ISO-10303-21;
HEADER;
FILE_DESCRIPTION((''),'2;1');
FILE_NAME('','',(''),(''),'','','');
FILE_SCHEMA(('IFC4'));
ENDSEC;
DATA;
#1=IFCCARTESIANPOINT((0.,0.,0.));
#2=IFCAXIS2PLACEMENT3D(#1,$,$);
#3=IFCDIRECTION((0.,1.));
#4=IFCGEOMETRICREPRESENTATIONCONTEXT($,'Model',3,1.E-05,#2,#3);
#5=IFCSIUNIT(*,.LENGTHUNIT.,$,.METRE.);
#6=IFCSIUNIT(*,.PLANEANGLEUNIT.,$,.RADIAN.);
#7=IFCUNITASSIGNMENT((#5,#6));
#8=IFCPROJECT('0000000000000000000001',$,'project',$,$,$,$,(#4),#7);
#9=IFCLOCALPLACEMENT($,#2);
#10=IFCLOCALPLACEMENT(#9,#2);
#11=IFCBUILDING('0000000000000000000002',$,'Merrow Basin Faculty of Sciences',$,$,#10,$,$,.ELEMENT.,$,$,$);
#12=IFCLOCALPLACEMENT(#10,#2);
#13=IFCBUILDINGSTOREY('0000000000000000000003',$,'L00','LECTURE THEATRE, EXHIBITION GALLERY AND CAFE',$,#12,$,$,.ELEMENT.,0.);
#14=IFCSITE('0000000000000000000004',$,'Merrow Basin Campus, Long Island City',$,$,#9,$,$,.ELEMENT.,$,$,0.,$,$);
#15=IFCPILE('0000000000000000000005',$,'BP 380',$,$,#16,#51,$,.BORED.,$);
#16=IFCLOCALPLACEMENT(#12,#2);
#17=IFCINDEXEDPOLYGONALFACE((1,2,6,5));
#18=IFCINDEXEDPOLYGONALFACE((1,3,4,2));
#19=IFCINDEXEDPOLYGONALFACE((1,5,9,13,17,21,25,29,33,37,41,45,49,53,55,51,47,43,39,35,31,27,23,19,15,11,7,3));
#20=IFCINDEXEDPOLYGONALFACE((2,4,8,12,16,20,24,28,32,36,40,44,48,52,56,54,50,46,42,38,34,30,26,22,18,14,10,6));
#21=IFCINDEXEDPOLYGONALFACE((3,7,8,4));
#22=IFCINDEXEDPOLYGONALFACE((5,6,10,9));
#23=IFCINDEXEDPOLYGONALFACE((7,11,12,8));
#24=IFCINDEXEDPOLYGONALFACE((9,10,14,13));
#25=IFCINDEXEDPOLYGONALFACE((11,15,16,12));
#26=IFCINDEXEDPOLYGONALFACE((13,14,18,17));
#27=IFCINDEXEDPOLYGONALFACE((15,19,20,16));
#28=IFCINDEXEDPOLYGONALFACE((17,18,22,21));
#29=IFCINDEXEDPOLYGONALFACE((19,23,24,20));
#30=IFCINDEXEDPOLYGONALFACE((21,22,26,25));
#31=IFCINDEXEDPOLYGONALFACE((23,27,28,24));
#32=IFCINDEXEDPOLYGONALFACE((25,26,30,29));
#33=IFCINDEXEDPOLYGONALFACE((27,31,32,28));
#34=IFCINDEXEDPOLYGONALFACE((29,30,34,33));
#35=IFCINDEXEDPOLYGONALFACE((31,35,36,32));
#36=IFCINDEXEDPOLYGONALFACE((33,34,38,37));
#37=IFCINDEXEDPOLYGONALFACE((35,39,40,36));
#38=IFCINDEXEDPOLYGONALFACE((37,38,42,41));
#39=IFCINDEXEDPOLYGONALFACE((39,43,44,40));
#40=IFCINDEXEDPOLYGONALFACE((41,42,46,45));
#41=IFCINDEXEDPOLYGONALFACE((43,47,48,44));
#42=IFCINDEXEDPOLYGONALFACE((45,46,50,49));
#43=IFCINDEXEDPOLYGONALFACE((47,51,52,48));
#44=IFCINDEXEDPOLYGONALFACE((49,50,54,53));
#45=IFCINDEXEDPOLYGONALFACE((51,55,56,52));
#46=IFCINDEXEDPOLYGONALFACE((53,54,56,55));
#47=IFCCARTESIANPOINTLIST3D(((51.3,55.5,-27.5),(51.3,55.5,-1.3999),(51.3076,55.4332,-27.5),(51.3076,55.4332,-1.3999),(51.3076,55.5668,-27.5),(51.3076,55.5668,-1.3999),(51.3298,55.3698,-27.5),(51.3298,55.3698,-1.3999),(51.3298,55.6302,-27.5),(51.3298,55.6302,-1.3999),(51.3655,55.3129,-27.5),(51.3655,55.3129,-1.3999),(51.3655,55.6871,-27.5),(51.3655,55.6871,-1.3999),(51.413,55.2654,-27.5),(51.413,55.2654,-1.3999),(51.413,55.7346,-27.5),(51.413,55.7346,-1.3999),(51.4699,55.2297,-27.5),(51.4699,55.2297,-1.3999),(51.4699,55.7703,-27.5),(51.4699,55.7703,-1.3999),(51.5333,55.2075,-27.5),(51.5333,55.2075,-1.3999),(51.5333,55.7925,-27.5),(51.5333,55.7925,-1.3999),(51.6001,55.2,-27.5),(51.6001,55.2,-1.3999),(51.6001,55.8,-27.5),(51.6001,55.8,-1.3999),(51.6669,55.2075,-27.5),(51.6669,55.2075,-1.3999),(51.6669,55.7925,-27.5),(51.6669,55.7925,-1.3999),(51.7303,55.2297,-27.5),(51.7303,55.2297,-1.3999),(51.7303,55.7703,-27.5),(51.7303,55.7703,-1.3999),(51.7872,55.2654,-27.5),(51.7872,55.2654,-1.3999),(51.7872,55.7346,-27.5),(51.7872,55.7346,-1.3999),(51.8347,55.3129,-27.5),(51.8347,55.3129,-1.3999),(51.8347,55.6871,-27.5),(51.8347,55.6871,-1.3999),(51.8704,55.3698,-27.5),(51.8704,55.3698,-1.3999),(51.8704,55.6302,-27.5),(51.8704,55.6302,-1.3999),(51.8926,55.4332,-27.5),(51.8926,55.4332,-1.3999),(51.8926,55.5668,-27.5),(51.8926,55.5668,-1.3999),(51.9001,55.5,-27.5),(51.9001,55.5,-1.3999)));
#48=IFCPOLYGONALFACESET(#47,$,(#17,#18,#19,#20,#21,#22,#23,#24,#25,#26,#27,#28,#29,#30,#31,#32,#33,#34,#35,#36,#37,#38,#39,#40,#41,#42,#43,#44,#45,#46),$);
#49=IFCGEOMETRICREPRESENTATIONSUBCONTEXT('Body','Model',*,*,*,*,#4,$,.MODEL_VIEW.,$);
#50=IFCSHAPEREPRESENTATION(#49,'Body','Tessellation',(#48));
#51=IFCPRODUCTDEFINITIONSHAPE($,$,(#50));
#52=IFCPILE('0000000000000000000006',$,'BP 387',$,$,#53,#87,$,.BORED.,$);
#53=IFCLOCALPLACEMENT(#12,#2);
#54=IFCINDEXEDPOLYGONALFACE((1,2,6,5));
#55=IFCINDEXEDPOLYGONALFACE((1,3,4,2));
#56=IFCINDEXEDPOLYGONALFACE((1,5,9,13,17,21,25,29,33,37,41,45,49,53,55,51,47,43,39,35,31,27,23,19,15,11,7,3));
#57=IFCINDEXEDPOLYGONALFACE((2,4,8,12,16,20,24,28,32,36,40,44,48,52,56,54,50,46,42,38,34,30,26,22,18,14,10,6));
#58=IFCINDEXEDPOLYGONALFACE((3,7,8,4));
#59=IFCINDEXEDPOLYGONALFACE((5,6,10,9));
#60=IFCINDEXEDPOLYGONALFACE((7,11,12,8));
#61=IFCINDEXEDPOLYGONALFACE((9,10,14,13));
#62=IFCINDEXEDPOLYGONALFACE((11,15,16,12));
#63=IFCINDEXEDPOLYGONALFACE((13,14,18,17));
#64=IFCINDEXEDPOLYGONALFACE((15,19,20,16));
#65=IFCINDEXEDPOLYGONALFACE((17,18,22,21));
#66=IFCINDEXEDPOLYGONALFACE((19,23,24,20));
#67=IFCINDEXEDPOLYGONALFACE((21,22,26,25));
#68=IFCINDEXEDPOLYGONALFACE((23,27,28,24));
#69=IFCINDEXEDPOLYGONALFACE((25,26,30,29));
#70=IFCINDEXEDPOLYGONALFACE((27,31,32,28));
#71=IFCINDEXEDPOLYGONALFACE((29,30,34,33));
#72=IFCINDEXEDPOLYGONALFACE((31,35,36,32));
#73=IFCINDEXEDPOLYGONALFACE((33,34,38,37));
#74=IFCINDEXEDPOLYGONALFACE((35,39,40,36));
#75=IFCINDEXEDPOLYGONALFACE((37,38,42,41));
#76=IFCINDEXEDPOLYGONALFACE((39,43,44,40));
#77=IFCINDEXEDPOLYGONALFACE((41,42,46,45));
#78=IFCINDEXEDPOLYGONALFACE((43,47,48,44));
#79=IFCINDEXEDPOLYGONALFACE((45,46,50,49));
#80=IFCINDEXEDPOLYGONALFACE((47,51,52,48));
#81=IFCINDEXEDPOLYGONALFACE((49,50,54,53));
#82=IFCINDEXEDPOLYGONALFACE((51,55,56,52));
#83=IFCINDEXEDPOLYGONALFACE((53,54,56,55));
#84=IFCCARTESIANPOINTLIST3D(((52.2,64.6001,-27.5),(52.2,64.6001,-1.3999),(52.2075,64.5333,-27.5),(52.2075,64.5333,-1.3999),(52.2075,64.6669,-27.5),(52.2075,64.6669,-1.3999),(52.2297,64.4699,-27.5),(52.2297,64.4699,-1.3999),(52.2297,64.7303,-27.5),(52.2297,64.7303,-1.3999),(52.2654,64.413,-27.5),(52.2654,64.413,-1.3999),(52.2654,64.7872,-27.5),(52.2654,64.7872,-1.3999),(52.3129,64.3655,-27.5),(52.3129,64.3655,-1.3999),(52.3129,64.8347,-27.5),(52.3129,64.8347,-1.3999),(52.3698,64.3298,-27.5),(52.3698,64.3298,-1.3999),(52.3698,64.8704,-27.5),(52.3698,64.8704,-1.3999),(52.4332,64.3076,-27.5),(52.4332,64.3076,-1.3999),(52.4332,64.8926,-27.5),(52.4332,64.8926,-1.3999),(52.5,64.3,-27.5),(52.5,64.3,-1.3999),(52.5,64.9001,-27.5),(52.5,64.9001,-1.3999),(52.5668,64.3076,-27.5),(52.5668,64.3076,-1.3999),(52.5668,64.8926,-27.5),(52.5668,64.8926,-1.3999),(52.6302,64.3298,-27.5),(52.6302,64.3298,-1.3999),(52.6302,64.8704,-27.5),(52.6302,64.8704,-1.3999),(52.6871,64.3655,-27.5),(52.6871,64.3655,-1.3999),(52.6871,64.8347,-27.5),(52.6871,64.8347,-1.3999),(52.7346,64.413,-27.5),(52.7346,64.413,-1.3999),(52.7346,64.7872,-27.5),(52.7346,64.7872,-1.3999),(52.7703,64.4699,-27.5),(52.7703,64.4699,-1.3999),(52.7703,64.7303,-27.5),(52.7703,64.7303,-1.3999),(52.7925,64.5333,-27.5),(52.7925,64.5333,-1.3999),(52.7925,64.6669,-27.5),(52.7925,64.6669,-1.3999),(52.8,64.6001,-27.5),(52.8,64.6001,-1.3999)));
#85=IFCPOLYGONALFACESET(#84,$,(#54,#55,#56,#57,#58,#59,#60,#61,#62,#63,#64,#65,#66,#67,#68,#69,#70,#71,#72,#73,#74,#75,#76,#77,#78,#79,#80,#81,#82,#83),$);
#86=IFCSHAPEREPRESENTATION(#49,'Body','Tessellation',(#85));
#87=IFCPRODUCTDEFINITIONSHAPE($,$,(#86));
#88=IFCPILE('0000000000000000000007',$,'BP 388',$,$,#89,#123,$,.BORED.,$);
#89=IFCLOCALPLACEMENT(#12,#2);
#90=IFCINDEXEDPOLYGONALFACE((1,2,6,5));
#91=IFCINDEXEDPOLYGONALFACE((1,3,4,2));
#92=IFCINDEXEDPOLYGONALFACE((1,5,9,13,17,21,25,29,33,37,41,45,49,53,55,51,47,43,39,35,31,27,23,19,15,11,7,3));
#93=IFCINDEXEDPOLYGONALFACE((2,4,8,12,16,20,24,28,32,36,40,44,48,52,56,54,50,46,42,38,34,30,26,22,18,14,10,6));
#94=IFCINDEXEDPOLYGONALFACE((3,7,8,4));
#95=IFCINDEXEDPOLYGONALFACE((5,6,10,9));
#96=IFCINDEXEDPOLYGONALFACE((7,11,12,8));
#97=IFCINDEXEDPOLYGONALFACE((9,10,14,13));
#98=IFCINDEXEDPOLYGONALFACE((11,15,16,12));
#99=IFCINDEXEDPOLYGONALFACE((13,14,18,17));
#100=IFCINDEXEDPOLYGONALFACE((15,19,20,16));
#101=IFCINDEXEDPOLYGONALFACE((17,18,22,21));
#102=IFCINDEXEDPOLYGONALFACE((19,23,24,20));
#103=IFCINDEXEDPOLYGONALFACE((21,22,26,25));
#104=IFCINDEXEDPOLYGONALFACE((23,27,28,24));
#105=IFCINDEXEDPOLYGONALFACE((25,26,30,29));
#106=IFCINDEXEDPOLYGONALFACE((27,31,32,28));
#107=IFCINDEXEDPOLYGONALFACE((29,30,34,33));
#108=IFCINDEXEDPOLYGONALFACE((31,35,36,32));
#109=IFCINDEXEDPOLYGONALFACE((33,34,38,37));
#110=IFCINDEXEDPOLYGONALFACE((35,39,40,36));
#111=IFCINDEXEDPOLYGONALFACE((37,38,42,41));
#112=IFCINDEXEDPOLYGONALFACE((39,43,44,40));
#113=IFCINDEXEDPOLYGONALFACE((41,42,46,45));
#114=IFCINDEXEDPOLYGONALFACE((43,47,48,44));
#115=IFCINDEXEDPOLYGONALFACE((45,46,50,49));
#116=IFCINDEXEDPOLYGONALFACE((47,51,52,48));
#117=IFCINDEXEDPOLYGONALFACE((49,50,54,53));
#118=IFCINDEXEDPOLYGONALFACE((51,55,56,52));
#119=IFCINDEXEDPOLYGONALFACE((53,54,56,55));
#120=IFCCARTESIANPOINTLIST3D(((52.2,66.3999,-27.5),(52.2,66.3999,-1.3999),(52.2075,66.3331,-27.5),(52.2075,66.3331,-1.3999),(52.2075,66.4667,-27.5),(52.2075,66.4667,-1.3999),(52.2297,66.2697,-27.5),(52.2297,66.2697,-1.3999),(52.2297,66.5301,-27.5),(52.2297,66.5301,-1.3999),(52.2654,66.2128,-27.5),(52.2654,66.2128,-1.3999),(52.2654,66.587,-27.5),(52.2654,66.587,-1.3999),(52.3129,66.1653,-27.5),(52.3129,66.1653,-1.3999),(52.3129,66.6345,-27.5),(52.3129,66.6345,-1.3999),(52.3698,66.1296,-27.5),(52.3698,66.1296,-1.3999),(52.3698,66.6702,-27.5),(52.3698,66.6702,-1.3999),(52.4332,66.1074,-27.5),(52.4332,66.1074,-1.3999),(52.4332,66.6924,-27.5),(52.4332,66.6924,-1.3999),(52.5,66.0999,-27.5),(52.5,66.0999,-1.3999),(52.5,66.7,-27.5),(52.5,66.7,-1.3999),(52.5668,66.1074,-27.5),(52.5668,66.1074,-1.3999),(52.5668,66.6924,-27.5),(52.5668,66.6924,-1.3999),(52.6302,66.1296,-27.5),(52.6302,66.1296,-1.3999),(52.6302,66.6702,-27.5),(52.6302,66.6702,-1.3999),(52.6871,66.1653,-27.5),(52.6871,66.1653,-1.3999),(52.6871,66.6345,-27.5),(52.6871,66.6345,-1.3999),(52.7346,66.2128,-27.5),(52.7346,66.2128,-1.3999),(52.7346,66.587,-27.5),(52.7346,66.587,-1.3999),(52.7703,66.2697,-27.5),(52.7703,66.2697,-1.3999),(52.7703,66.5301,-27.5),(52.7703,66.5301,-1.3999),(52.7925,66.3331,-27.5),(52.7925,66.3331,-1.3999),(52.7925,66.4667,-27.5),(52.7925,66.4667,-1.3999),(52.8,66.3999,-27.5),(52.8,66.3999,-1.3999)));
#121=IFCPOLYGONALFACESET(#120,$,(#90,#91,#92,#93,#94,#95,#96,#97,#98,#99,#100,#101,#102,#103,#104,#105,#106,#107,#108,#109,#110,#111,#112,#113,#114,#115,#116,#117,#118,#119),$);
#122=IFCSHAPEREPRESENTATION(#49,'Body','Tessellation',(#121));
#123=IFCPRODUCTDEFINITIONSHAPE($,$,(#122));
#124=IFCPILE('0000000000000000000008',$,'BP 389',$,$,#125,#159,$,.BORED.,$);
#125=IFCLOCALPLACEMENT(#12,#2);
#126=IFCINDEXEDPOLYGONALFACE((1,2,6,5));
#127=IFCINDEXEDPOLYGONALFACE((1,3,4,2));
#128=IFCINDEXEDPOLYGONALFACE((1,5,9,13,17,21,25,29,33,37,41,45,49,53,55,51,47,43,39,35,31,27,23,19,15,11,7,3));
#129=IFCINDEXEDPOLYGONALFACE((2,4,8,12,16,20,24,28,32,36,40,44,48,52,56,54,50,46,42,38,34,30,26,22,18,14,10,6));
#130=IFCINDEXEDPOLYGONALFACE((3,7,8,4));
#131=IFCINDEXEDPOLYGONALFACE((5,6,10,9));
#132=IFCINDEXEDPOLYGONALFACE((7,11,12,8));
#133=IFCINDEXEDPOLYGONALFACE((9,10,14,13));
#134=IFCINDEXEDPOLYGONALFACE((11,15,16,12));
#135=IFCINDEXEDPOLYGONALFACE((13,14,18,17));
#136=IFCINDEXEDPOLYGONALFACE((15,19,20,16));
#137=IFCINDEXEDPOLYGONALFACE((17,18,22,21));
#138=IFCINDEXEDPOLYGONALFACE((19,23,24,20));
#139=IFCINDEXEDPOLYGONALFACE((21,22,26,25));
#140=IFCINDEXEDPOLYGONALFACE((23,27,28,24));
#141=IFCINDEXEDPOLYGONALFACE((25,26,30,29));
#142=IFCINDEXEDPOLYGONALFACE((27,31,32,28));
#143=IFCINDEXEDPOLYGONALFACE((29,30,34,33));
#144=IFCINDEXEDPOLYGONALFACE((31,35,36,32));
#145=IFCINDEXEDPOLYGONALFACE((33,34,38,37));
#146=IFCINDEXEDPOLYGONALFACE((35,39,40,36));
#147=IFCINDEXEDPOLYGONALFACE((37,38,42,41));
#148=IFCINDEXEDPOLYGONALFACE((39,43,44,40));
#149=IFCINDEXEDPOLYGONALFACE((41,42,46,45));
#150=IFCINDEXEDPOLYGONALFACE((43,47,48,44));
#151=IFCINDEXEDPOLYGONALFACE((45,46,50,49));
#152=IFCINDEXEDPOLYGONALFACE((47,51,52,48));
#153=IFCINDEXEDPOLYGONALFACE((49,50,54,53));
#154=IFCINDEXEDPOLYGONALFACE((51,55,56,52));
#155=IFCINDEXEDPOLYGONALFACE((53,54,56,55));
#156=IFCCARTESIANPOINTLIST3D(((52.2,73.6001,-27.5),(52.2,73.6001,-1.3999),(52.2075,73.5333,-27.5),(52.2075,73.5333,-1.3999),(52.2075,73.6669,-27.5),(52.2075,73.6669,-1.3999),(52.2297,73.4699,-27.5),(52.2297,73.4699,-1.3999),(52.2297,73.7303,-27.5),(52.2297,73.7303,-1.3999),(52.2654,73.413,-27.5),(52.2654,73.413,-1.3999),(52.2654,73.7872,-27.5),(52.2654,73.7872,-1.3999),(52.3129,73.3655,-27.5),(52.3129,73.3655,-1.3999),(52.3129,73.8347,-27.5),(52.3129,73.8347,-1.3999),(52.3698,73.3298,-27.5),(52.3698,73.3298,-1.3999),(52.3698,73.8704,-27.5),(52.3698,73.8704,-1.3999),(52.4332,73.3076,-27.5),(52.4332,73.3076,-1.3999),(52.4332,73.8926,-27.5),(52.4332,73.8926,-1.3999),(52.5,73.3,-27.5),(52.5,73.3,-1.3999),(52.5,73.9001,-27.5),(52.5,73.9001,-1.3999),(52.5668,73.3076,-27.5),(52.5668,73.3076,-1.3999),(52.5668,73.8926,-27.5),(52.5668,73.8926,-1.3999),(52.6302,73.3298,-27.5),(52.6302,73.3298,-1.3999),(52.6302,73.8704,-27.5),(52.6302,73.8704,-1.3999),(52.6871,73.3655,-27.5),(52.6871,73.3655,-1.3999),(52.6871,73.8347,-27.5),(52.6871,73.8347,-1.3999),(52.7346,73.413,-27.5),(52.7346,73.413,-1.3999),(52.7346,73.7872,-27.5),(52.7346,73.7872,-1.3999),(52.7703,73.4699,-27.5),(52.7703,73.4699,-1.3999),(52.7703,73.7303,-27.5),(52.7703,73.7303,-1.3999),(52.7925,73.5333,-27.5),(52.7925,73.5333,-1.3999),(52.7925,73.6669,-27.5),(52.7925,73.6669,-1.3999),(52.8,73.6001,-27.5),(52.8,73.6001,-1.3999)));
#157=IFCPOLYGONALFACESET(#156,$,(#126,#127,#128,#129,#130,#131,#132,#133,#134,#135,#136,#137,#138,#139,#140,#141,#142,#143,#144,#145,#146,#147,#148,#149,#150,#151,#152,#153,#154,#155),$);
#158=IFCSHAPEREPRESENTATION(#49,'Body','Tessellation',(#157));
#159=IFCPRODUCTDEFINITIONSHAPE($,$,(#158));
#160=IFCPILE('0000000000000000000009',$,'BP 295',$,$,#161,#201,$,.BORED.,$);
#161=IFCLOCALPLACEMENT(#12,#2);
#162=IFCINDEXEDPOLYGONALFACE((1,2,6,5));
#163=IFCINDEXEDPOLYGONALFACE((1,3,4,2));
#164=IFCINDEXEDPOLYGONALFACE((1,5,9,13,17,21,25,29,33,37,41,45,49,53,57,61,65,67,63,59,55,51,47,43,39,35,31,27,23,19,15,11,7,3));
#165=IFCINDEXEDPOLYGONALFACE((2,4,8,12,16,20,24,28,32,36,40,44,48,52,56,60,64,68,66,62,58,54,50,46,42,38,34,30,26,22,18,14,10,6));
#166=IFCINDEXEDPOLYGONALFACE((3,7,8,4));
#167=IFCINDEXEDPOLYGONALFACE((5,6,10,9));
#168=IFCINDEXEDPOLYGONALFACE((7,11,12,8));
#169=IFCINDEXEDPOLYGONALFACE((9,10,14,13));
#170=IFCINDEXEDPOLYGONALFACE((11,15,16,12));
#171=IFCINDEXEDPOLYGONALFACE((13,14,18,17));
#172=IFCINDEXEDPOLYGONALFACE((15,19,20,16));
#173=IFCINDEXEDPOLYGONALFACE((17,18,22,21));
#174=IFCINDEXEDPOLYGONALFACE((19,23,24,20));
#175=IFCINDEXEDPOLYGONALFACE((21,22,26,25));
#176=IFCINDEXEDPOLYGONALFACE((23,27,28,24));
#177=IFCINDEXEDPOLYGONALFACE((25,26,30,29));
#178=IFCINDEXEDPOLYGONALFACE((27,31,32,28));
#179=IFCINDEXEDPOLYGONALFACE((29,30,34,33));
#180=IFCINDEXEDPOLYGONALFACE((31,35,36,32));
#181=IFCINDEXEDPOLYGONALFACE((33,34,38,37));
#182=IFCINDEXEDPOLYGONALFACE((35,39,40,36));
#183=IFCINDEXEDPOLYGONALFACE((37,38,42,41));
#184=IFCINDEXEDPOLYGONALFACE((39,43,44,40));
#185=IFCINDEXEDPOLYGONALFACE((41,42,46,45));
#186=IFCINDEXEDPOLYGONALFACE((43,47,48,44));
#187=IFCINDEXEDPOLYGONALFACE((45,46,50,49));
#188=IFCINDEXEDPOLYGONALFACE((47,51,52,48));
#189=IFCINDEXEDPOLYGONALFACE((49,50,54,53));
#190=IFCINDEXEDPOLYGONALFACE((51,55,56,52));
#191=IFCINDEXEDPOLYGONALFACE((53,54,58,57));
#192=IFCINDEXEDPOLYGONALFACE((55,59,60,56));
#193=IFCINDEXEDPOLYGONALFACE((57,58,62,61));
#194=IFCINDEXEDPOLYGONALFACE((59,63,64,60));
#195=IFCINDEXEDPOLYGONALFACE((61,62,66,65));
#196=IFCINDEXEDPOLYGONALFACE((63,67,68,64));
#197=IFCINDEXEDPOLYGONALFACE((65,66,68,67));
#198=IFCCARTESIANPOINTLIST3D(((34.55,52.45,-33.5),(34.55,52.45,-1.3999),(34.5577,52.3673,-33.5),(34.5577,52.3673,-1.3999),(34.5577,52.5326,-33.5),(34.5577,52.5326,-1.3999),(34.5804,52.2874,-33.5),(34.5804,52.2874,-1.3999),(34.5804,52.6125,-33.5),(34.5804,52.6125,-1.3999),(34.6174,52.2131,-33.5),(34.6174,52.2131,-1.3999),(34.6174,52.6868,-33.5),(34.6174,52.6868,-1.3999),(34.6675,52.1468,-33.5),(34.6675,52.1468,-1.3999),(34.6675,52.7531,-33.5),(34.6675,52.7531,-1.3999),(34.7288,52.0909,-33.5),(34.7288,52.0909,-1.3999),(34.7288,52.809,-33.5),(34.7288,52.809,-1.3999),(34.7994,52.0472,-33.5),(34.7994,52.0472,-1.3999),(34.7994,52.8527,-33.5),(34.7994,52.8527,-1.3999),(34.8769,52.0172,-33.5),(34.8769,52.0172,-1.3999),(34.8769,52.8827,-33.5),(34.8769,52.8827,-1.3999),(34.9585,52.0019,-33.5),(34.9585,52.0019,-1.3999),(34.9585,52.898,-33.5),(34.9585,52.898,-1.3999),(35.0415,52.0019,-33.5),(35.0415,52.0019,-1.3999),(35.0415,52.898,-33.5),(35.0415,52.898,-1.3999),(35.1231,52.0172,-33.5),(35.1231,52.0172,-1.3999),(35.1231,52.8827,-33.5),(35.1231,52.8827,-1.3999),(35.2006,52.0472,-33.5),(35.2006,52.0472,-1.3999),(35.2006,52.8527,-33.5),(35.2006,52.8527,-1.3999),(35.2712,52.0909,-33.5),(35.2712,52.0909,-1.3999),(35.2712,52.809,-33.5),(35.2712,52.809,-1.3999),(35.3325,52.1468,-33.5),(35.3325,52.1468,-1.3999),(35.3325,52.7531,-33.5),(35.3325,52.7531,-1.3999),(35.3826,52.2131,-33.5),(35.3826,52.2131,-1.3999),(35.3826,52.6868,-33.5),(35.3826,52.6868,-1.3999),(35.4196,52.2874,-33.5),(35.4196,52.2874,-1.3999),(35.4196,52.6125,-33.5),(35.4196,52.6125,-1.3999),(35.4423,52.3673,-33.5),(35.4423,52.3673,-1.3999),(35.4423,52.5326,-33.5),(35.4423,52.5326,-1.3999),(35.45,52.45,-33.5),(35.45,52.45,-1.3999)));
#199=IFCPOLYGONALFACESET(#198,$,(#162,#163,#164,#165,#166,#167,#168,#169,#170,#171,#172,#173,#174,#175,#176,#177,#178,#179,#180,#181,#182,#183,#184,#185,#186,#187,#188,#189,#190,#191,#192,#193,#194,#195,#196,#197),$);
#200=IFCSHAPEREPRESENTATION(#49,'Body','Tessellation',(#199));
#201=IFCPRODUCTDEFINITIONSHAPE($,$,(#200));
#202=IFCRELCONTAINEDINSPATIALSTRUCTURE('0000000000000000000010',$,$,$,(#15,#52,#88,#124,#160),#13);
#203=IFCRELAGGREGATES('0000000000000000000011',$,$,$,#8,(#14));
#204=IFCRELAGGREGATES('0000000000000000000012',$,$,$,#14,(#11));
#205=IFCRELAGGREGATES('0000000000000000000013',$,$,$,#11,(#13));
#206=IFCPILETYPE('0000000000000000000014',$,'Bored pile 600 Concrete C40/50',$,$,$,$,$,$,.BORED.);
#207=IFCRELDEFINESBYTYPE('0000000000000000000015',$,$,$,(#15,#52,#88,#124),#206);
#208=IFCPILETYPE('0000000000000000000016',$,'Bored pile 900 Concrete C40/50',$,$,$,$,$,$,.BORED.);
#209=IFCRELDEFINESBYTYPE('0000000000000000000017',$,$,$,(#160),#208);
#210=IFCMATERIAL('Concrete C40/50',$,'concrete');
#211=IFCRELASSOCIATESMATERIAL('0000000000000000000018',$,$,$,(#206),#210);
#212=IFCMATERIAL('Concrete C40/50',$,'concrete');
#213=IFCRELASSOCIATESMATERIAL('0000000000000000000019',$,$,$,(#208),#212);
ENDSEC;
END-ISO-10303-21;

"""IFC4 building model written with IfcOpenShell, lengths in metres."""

from ifc_helpers import new_model, si_unit, direction, frame, origin, origin_2d, place, context, subcontext, project, spatial, circle, extrude, material, material_profile, profile_set, type_object, element, save


model = new_model("IFC4")

# Units and contexts
model_context = context("Model", 3, precision=1e-05, world=origin(), true_north=direction((0.0, 1.0)))
body_context = subcontext(model_context, "Body", "Model", "MODEL_VIEW")
ifc_project = project(units=[si_unit("LENGTHUNIT", "METRE"), si_unit("PLANEANGLEUNIT", "RADIAN")], contexts=[model_context])

# Site, building, storey
site_placement = place(None, origin())
site = spatial("IfcSite", under=ifc_project, at=site_placement, Name="Merrow Basin Campus, Long Island City", CompositionType="ELEMENT", RefElevation=0.0)
building_placement = place(site_placement, origin())
building = spatial("IfcBuilding", under=site, at=building_placement, Name="Merrow Basin Faculty of Sciences", CompositionType="ELEMENT")
storey_placement = place(building_placement, origin())
storey = spatial("IfcBuildingStorey", under=building, at=storey_placement, Name="L00", Description="LECTURE THEATRE, EXHIBITION GALLERY AND CAFE", CompositionType="ELEMENT", Elevation=0.0)

# Piles
ifc_material_1 = material(Name="Concrete C40/50", Category="concrete")
ifc_material_profile_1 = material_profile(ifc_material_1, circle(Radius=0.3, at=origin_2d()))
ifc_profile_set_1 = profile_set([ifc_material_profile_1], Name="Concrete C40/50")
pile_type_1 = type_object("IfcPileType", Name="Bored pile 600 Concrete C40/50", PredefinedType="BORED", material=ifc_profile_set_1)
for number, where, z_axis, x_axis, name in (
    (1, (51.6001, 55.5, -1.3999), (0.0, 0.0, -1.0), (1.0, 0.0, 0.0), "BP 380"),
    (2, (52.5, 64.6001, -1.3999), (0.0, 0.0, -1.0), (1.0, 0.0, 0.0), "BP 387"),
    (3, (52.5, 66.3999, -1.3999), (0.0, 0.0, -1.0), (1.0, 0.0, 0.0), "BP 388"),
    (4, (52.5, 73.6001, -1.3999), (0.0, 0.0, -1.0), (1.0, 0.0, 0.0), "BP 389"),
):
    element("IfcPile", number, at=place(storey_placement, frame(where, z_axis=z_axis, x_axis=x_axis)), inside=storey, type_object=pile_type_1, Name=name, PredefinedType="BORED", context=body_context, shape_type="SweptSolid", body=[
        extrude(circle(Radius=0.3, at=origin_2d()), origin(), (0.0, 0.0, 1.0), 26.1001),
    ])
ifc_material_2 = material(Name="Concrete C40/50", Category="concrete")
ifc_material_profile_2 = material_profile(ifc_material_2, circle(Radius=0.45, at=origin_2d()))
ifc_profile_set_2 = profile_set([ifc_material_profile_2], Name="Concrete C40/50")
pile_type_2 = type_object("IfcPileType", Name="Bored pile 900 Concrete C40/50", PredefinedType="BORED", material=ifc_profile_set_2)
pile_placement = place(storey_placement, frame((35.0, 52.45, -1.3999), z_axis=(0.0, 0.0, -1.0), x_axis=(1.0, 0.0, 0.0)))
element("IfcPile", 5, at=pile_placement, inside=storey, type_object=pile_type_2, Name="BP 295", PredefinedType="BORED", context=body_context, shape_type="SweptSolid", body=[
    extrude(circle(Radius=0.45, at=origin_2d()), origin(), (0.0, 0.0, 1.0), 32.1001),
])

save(model, "model.ifc")
